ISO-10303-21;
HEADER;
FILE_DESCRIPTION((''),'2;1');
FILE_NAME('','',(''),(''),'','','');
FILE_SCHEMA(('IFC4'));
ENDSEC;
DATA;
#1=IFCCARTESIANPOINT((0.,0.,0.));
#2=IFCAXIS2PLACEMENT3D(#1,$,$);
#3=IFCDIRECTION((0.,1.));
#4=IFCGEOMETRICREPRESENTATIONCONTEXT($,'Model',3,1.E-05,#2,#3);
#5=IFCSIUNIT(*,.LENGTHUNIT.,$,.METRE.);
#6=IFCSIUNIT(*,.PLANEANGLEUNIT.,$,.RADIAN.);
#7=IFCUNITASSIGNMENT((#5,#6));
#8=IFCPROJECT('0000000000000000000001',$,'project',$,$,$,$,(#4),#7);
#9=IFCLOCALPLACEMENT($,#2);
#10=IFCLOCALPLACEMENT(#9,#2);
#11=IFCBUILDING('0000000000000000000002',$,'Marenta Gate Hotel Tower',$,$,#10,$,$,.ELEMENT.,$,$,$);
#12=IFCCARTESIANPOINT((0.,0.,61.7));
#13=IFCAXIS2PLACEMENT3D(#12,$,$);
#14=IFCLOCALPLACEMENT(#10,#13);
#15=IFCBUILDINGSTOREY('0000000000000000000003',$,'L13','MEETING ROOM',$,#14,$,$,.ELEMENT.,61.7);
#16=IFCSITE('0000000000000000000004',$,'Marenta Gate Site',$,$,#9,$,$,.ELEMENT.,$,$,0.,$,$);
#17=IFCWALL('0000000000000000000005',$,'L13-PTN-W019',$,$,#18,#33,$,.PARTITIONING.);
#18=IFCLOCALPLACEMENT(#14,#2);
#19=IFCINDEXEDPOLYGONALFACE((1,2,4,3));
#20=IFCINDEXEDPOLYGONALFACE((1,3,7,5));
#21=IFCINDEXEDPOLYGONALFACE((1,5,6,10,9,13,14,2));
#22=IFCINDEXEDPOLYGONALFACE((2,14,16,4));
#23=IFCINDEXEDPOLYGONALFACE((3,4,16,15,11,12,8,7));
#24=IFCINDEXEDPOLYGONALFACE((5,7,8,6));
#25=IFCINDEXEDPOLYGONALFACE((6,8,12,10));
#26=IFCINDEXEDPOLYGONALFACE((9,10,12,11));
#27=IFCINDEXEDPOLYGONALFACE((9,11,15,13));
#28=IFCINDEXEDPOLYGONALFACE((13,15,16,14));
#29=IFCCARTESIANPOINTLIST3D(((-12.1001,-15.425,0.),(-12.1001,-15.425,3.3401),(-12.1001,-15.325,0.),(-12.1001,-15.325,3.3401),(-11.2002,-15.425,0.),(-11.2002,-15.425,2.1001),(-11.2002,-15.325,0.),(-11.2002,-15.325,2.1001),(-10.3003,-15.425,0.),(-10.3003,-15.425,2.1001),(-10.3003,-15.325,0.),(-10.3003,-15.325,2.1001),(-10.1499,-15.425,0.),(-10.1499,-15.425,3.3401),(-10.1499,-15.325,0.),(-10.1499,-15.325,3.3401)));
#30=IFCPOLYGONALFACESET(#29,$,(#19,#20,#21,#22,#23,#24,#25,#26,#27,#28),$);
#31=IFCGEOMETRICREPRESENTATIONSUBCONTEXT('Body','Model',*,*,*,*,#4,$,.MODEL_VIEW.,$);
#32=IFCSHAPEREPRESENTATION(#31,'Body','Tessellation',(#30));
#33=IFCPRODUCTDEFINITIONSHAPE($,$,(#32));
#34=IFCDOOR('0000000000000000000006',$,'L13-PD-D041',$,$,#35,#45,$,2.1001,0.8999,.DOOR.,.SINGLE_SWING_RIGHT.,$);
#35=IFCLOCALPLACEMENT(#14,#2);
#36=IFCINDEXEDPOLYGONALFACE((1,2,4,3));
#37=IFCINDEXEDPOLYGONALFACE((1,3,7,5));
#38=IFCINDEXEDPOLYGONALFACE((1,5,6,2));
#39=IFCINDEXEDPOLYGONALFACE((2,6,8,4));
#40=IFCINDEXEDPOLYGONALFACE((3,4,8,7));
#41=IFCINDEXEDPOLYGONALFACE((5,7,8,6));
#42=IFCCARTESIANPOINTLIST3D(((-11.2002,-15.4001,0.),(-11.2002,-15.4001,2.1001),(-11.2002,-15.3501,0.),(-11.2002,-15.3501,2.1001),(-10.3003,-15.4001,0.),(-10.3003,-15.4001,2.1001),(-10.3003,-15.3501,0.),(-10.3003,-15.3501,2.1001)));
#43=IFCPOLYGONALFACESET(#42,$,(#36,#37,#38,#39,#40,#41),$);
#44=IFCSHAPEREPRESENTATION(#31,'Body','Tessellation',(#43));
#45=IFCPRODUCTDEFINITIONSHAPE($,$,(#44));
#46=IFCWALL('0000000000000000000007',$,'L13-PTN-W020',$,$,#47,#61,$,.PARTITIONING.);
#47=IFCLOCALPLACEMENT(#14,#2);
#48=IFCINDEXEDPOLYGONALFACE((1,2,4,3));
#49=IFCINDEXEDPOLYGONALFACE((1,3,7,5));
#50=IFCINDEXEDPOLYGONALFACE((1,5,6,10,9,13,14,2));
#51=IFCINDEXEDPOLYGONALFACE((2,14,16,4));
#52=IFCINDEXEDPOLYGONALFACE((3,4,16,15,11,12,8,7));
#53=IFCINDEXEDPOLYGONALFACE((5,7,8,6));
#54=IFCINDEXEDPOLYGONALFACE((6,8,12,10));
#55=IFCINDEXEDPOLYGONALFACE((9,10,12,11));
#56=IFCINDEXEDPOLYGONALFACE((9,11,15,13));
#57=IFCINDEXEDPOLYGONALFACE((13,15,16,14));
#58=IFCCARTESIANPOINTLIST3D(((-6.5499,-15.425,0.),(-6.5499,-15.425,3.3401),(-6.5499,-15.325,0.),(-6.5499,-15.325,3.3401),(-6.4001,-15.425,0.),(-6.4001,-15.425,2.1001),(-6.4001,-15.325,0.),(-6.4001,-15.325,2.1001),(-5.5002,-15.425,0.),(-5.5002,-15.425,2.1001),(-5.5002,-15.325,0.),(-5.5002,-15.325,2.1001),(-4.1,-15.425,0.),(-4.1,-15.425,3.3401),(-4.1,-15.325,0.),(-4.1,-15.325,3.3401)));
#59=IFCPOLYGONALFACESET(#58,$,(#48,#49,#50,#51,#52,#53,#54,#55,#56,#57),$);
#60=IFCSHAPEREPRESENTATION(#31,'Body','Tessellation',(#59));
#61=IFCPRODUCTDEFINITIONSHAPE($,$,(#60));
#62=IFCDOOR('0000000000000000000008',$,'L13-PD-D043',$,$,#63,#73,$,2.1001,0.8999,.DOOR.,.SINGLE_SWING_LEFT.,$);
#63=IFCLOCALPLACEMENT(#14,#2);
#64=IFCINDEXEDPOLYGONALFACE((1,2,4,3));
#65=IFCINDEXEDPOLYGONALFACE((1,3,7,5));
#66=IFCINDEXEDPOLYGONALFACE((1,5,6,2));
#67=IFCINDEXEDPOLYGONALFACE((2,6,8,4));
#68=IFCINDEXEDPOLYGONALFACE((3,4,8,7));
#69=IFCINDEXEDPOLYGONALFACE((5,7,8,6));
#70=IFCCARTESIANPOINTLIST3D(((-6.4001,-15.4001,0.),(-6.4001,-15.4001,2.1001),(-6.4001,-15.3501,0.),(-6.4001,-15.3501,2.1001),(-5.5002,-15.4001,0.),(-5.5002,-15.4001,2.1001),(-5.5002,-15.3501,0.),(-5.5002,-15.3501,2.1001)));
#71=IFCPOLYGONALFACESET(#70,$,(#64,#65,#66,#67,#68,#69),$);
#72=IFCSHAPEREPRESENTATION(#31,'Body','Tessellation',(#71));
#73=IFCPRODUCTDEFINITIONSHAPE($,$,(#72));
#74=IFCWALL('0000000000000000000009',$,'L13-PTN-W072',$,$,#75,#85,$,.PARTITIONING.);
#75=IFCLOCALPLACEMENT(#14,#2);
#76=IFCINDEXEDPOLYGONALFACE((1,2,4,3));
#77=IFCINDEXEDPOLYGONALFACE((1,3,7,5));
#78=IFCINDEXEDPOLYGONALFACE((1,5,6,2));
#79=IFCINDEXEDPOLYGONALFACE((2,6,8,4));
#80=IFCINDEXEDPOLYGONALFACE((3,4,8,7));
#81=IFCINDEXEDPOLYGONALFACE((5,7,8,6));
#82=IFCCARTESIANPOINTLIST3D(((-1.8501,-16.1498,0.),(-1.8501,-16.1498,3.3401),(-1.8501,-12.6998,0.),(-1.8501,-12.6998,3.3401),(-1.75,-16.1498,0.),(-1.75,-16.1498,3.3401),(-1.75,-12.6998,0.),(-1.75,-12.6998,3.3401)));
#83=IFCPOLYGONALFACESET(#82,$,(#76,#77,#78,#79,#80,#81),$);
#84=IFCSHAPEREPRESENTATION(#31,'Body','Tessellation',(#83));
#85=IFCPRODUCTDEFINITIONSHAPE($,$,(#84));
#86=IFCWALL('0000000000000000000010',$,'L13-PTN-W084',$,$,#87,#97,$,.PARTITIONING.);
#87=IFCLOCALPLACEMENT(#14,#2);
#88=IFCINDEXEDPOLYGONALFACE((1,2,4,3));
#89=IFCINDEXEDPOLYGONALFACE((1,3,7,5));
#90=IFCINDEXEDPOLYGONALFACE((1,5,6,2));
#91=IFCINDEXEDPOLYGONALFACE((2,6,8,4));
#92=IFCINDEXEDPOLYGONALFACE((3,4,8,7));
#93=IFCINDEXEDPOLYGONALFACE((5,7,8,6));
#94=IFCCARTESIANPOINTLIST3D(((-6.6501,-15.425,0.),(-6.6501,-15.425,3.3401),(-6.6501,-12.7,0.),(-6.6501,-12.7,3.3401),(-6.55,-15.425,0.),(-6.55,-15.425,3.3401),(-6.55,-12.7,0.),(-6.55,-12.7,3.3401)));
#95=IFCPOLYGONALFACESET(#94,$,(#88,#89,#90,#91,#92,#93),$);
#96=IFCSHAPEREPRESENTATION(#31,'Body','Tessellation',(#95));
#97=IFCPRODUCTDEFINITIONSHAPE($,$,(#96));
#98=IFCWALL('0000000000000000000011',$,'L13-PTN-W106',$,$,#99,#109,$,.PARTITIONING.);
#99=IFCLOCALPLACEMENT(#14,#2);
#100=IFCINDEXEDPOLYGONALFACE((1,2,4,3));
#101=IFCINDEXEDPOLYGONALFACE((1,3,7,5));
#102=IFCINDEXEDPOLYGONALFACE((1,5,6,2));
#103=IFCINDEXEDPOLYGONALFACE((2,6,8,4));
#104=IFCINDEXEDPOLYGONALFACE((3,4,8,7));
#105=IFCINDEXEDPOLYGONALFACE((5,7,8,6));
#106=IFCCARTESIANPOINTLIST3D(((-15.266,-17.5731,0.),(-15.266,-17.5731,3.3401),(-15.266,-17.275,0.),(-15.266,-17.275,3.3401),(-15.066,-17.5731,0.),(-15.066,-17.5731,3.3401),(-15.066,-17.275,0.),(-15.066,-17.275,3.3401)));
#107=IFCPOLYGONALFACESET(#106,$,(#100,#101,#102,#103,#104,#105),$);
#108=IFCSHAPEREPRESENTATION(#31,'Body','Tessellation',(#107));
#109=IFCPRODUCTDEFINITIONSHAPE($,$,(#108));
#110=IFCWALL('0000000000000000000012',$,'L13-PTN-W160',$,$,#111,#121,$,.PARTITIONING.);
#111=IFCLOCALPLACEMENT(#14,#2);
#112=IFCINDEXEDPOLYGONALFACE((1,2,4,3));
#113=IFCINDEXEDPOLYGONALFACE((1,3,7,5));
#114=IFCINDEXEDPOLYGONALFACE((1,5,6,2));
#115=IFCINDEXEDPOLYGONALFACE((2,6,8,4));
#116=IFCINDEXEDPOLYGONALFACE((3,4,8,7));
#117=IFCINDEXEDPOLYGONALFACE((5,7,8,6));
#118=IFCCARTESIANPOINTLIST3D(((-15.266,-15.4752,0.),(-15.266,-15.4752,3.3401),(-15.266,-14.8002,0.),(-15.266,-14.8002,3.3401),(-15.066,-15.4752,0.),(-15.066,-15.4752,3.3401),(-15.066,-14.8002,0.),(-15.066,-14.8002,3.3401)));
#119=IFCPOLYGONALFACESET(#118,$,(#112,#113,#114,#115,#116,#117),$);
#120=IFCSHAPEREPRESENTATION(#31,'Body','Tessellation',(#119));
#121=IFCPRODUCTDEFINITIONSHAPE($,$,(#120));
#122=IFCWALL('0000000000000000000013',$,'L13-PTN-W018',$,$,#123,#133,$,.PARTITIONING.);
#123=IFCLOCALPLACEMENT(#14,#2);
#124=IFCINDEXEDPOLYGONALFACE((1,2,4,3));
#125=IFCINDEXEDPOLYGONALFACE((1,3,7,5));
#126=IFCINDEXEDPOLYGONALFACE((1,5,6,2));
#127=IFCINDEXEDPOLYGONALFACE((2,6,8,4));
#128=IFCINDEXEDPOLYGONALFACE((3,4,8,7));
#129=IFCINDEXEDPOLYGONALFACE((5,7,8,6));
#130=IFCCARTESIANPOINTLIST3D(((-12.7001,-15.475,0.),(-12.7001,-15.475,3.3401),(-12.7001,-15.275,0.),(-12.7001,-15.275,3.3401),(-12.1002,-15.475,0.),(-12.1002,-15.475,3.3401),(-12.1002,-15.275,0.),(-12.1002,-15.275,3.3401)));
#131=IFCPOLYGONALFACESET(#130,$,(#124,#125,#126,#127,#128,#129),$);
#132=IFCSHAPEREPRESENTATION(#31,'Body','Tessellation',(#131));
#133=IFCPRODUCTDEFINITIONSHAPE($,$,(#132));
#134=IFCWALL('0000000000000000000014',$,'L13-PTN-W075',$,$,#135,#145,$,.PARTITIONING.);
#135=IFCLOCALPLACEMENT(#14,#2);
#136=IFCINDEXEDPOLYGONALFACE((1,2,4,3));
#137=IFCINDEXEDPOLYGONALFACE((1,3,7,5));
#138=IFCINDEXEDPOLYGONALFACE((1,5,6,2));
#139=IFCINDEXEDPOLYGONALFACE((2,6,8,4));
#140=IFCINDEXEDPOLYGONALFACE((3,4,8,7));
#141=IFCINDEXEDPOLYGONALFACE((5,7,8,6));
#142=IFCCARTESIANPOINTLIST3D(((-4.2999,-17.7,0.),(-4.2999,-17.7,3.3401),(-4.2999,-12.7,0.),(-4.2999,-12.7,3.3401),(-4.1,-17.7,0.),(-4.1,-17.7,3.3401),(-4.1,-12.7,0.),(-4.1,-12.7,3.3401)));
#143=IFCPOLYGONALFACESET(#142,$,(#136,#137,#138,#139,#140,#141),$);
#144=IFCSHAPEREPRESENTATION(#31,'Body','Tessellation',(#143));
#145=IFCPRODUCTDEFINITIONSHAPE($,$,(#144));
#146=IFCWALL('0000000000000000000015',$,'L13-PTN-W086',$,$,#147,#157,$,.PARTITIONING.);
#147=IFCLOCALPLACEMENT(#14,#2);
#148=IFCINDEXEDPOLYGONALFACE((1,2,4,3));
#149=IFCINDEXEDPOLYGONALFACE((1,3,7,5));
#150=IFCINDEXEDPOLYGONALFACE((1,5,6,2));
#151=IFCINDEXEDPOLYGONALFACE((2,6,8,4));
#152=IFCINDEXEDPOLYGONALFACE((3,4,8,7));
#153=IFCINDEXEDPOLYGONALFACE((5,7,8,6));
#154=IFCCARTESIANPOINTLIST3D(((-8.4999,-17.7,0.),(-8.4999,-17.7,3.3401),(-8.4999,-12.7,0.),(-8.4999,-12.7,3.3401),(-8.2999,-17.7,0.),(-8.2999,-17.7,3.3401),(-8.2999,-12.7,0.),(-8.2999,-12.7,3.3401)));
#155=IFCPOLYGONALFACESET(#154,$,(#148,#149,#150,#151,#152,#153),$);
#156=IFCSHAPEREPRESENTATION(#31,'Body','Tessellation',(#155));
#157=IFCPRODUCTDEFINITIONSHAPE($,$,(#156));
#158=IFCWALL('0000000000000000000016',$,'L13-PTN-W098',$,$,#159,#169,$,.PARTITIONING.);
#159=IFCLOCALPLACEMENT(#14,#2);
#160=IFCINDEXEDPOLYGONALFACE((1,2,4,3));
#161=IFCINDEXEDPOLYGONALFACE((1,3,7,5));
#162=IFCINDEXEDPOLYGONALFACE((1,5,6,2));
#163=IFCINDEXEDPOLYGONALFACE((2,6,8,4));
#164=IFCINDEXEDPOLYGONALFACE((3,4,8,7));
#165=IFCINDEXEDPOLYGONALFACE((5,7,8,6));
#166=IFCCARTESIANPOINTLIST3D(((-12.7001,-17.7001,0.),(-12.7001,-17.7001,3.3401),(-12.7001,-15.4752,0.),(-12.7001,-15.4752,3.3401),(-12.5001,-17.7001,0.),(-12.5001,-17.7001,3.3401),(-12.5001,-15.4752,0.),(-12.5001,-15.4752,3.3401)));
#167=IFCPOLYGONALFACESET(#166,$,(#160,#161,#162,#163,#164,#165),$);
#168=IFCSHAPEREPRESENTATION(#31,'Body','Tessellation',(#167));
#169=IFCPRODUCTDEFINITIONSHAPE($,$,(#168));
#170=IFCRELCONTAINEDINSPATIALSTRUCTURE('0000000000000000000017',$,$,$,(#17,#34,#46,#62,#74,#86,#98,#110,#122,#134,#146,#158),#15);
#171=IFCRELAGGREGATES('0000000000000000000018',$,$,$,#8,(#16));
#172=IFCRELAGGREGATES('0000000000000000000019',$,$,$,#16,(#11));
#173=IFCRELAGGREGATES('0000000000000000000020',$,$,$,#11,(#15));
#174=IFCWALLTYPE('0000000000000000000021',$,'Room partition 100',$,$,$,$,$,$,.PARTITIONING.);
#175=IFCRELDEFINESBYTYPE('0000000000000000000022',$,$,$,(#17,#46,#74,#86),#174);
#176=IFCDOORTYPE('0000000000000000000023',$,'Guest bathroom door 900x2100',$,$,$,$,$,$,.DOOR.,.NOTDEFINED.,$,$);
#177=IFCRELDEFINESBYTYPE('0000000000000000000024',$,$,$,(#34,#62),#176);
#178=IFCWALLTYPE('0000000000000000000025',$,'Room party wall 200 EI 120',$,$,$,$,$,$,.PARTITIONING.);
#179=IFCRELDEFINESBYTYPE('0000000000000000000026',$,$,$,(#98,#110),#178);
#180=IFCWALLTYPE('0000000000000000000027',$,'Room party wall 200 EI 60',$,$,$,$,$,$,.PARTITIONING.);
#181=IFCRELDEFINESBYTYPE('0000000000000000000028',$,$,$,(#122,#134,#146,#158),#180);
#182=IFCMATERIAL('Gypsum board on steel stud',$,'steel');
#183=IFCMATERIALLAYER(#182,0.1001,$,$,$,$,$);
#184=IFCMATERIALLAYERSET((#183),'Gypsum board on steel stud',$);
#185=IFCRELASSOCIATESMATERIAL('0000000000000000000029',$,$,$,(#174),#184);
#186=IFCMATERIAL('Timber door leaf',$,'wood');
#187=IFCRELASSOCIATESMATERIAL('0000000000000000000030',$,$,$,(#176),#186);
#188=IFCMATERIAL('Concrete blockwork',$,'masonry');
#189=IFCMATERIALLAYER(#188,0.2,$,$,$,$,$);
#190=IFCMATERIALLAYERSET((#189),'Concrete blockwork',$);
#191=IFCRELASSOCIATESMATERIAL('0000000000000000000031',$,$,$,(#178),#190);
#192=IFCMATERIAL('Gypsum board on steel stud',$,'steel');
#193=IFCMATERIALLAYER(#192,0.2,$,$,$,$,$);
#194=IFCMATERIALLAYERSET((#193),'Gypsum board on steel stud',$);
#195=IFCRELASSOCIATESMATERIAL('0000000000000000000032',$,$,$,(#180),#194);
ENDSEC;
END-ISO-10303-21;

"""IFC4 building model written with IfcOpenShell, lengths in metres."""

from ifc_helpers import new_model, si_unit, direction, frame, frame_2d, origin, place, context, subcontext, project, spatial, rectangle, extrude, material, layer, layer_set, type_object, element, fill, save


model = new_model("IFC4")

# Units and contexts
model_context = context("Model", 3, precision=1e-05, world=origin(), true_north=direction((0.0, 1.0)))
body_context = subcontext(model_context, "Body", "Model", "MODEL_VIEW")
ifc_project = project(units=[si_unit("LENGTHUNIT", "METRE"), si_unit("PLANEANGLEUNIT", "RADIAN")], contexts=[model_context])

# Site, building, storey
site_placement = place(None, origin())
site = spatial("IfcSite", under=ifc_project, at=site_placement, Name="Marenta Gate Site", CompositionType="ELEMENT", RefElevation=0.0)
building_placement = place(site_placement, origin())
building = spatial("IfcBuilding", under=site, at=building_placement, Name="Marenta Gate Hotel Tower", CompositionType="ELEMENT")
storey_placement = place(building_placement, frame((0.0, 0.0, 61.7)))
storey = spatial("IfcBuildingStorey", under=building, at=storey_placement, Name="L13", Description="MEETING ROOM", CompositionType="ELEMENT", Elevation=61.7)

# Walls, openings, doors
ifc_material_1 = material(Name="Gypsum board on steel stud", Category="steel")
ifc_layer_1 = layer(ifc_material_1, 0.1001)
ifc_layer_set_1 = layer_set([ifc_layer_1], Name="Gypsum board on steel stud")
wall_type_1 = type_object("IfcWallType", Name="Room partition 100", PredefinedType="PARTITIONING", material=ifc_layer_set_1)
wall_1_placement = place(storey_placement, frame((-12.1001, -15.375, 0.0), z_axis=(0.0, 0.0, 1.0), x_axis=(1.0, 0.0, 0.0)))
wall_1 = element("IfcWall", 1, at=wall_1_placement, inside=storey, type_object=wall_type_1, Name="L13-PTN-W019", PredefinedType="PARTITIONING", context=body_context, shape_type="SweptSolid", body=[
    extrude(rectangle(XDim=1.9502, YDim=0.1001, at=frame_2d((0.9751, 0.0))), origin(), (0.0, 0.0, 1.0), 3.3401),
])
opening_1_placement = place(wall_1_placement, frame((0.8999, 0.0, 0.0)))
opening_1 = element("IfcOpeningElement", 2, at=opening_1_placement, cuts=wall_1, PredefinedType="OPENING", context=body_context, shape_type="SweptSolid", body=[
    extrude(rectangle(XDim=0.8999, YDim=2.1001, at=frame_2d((0.45, 1.05))), frame((0.0, 0.05, 0.0), z_axis=(0.0, -1.0, 0.0), x_axis=(1.0, 0.0, 0.0)), (0.0, 0.0, 1.0), 0.1001),
])
ifc_material_2 = material(Name="Timber door leaf", Category="wood")
door_type_1 = type_object("IfcDoorType", Name="Guest bathroom door 900x2100", OperationType="NOTDEFINED", PredefinedType="DOOR", material=ifc_material_2)
door_1_placement = place(opening_1_placement, origin())
door_1 = element("IfcDoor", 3, at=door_1_placement, inside=storey, type_object=door_type_1, Name="L13-PD-D041", OperationType="SINGLE_SWING_RIGHT", OverallHeight=2.1001, OverallWidth=0.8999, PredefinedType="DOOR", context=body_context, shape_type="SweptSolid", body=[
    extrude(rectangle(XDim=0.8999, YDim=2.1001, at=frame_2d((0.45, 1.05))), frame((0.0, 0.0249, 0.0), z_axis=(0.0, -1.0, 0.0), x_axis=(1.0, 0.0, 0.0)), (0.0, 0.0, 1.0), 0.05),
])
fill(opening_1, door_1)
wall_2_placement = place(storey_placement, frame((-6.55, -15.375, 0.0), z_axis=(0.0, 0.0, 1.0), x_axis=(1.0, 0.0, 0.0)))
wall_2 = element("IfcWall", 4, at=wall_2_placement, inside=storey, type_object=wall_type_1, Name="L13-PTN-W020", PredefinedType="PARTITIONING", context=body_context, shape_type="SweptSolid", body=[
    extrude(rectangle(XDim=2.45, YDim=0.1001, at=frame_2d((1.2251, 0.0))), origin(), (0.0, 0.0, 1.0), 3.3401),
])
opening_2_placement = place(wall_2_placement, frame((0.1499, 0.0, 0.0)))
opening_2 = element("IfcOpeningElement", 5, at=opening_2_placement, cuts=wall_2, PredefinedType="OPENING", context=body_context, shape_type="SweptSolid", body=[
    extrude(rectangle(XDim=0.8999, YDim=2.1001, at=frame_2d((0.45, 1.05))), frame((0.0, 0.05, 0.0), z_axis=(0.0, -1.0, 0.0), x_axis=(1.0, 0.0, 0.0)), (0.0, 0.0, 1.0), 0.1001),
])
door_2_placement = place(opening_2_placement, origin())
door_2 = element("IfcDoor", 6, at=door_2_placement, inside=storey, type_object=door_type_1, Name="L13-PD-D043", OperationType="SINGLE_SWING_LEFT", OverallHeight=2.1001, OverallWidth=0.8999, PredefinedType="DOOR", context=body_context, shape_type="SweptSolid", body=[
    extrude(rectangle(XDim=0.8999, YDim=2.1001, at=frame_2d((0.45, 1.05))), frame((0.0, 0.0249, 0.0), z_axis=(0.0, -1.0, 0.0), x_axis=(1.0, 0.0, 0.0)), (0.0, 0.0, 1.0), 0.05),
])
fill(opening_2, door_2)

# Walls
wall_3_placement = place(storey_placement, frame((-1.8, -16.1499, 0.0), z_axis=(0.0, 0.0, 1.0), x_axis=(0.0, 1.0, 0.0)))
element("IfcWall", 7, at=wall_3_placement, inside=storey, type_object=wall_type_1, Name="L13-PTN-W072", PredefinedType="PARTITIONING", context=body_context, shape_type="SweptSolid", body=[
    extrude(rectangle(XDim=3.45, YDim=0.1001, at=frame_2d((1.7251, 0.0))), origin(), (0.0, 0.0, 1.0), 3.3401),
])
wall_4_placement = place(storey_placement, frame((-6.6001, -15.425, 0.0), z_axis=(0.0, 0.0, 1.0), x_axis=(0.0, 1.0, 0.0)))
element("IfcWall", 8, at=wall_4_placement, inside=storey, type_object=wall_type_1, Name="L13-PTN-W084", PredefinedType="PARTITIONING", context=body_context, shape_type="SweptSolid", body=[
    extrude(rectangle(XDim=2.7251, YDim=0.1001, at=frame_2d((1.3625, 0.0))), origin(), (0.0, 0.0, 1.0), 3.3401),
])
ifc_material_3 = material(Name="Concrete blockwork", Category="masonry")
ifc_layer_2 = layer(ifc_material_3, 0.2)
ifc_layer_set_2 = layer_set([ifc_layer_2], Name="Concrete blockwork")
wall_type_2 = type_object("IfcWallType", Name="Room party wall 200 EI 120", PredefinedType="PARTITIONING", material=ifc_layer_set_2)
wall_5_placement = place(storey_placement, frame((-15.166, -17.573, 0.0), z_axis=(0.0, 0.0, 1.0), x_axis=(0.0, 1.0, 0.0)))
element("IfcWall", 9, at=wall_5_placement, inside=storey, type_object=wall_type_2, Name="L13-PTN-W106", PredefinedType="PARTITIONING", context=body_context, shape_type="SweptSolid", body=[
    extrude(rectangle(XDim=0.2981, YDim=0.2, at=frame_2d((0.1489, 0.0))), origin(), (0.0, 0.0, 1.0), 3.3401),
])
wall_6_placement = place(storey_placement, frame((-15.166, -15.4751, 0.0), z_axis=(0.0, 0.0, 1.0), x_axis=(0.0, 1.0, 0.0)))
element("IfcWall", 10, at=wall_6_placement, inside=storey, type_object=wall_type_2, Name="L13-PTN-W160", PredefinedType="PARTITIONING", context=body_context, shape_type="SweptSolid", body=[
    extrude(rectangle(XDim=0.675, YDim=0.2, at=frame_2d((0.3374, 0.0))), origin(), (0.0, 0.0, 1.0), 3.3401),
])
ifc_material_4 = material(Name="Gypsum board on steel stud", Category="steel")
ifc_layer_3 = layer(ifc_material_4, 0.2)
ifc_layer_set_3 = layer_set([ifc_layer_3], Name="Gypsum board on steel stud")
wall_type_3 = type_object("IfcWallType", Name="Room party wall 200 EI 60", PredefinedType="PARTITIONING", material=ifc_layer_set_3)
wall_7_placement = place(storey_placement, frame((-12.7, -15.375, 0.0), z_axis=(0.0, 0.0, 1.0), x_axis=(1.0, 0.0, 0.0)))
element("IfcWall", 11, at=wall_7_placement, inside=storey, type_object=wall_type_3, Name="L13-PTN-W018", PredefinedType="PARTITIONING", context=body_context, shape_type="SweptSolid", body=[
    extrude(rectangle(XDim=0.5999, YDim=0.2, at=frame_2d((0.2998, 0.0))), origin(), (0.0, 0.0, 1.0), 3.3401),
])
for number, where, z_axis, x_axis, name in (
    (12, (-4.2, -17.7, 0.0), (0.0, 0.0, 1.0), (0.0, 1.0, 0.0), "L13-PTN-W075"),
    (13, (-8.3999, -17.7, 0.0), (0.0, 0.0, 1.0), (0.0, 1.0, 0.0), "L13-PTN-W086"),
):
    element("IfcWall", number, at=place(storey_placement, frame(where, z_axis=z_axis, x_axis=x_axis)), inside=storey, type_object=wall_type_3, Name=name, PredefinedType="PARTITIONING", context=body_context, shape_type="SweptSolid", body=[
        extrude(rectangle(XDim=5.0, YDim=0.2, at=frame_2d((2.5, 0.0))), origin(), (0.0, 0.0, 1.0), 3.3401),
    ])
wall_8_placement = place(storey_placement, frame((-12.6001, -17.7, 0.0), z_axis=(0.0, 0.0, 1.0), x_axis=(0.0, 1.0, 0.0)))
element("IfcWall", 14, at=wall_8_placement, inside=storey, type_object=wall_type_3, Name="L13-PTN-W098", PredefinedType="PARTITIONING", context=body_context, shape_type="SweptSolid", body=[
    extrude(rectangle(XDim=2.2249, YDim=0.2, at=frame_2d((1.1123, 0.0))), origin(), (0.0, 0.0, 1.0), 3.3401),
])

save(model, "model.ifc")
